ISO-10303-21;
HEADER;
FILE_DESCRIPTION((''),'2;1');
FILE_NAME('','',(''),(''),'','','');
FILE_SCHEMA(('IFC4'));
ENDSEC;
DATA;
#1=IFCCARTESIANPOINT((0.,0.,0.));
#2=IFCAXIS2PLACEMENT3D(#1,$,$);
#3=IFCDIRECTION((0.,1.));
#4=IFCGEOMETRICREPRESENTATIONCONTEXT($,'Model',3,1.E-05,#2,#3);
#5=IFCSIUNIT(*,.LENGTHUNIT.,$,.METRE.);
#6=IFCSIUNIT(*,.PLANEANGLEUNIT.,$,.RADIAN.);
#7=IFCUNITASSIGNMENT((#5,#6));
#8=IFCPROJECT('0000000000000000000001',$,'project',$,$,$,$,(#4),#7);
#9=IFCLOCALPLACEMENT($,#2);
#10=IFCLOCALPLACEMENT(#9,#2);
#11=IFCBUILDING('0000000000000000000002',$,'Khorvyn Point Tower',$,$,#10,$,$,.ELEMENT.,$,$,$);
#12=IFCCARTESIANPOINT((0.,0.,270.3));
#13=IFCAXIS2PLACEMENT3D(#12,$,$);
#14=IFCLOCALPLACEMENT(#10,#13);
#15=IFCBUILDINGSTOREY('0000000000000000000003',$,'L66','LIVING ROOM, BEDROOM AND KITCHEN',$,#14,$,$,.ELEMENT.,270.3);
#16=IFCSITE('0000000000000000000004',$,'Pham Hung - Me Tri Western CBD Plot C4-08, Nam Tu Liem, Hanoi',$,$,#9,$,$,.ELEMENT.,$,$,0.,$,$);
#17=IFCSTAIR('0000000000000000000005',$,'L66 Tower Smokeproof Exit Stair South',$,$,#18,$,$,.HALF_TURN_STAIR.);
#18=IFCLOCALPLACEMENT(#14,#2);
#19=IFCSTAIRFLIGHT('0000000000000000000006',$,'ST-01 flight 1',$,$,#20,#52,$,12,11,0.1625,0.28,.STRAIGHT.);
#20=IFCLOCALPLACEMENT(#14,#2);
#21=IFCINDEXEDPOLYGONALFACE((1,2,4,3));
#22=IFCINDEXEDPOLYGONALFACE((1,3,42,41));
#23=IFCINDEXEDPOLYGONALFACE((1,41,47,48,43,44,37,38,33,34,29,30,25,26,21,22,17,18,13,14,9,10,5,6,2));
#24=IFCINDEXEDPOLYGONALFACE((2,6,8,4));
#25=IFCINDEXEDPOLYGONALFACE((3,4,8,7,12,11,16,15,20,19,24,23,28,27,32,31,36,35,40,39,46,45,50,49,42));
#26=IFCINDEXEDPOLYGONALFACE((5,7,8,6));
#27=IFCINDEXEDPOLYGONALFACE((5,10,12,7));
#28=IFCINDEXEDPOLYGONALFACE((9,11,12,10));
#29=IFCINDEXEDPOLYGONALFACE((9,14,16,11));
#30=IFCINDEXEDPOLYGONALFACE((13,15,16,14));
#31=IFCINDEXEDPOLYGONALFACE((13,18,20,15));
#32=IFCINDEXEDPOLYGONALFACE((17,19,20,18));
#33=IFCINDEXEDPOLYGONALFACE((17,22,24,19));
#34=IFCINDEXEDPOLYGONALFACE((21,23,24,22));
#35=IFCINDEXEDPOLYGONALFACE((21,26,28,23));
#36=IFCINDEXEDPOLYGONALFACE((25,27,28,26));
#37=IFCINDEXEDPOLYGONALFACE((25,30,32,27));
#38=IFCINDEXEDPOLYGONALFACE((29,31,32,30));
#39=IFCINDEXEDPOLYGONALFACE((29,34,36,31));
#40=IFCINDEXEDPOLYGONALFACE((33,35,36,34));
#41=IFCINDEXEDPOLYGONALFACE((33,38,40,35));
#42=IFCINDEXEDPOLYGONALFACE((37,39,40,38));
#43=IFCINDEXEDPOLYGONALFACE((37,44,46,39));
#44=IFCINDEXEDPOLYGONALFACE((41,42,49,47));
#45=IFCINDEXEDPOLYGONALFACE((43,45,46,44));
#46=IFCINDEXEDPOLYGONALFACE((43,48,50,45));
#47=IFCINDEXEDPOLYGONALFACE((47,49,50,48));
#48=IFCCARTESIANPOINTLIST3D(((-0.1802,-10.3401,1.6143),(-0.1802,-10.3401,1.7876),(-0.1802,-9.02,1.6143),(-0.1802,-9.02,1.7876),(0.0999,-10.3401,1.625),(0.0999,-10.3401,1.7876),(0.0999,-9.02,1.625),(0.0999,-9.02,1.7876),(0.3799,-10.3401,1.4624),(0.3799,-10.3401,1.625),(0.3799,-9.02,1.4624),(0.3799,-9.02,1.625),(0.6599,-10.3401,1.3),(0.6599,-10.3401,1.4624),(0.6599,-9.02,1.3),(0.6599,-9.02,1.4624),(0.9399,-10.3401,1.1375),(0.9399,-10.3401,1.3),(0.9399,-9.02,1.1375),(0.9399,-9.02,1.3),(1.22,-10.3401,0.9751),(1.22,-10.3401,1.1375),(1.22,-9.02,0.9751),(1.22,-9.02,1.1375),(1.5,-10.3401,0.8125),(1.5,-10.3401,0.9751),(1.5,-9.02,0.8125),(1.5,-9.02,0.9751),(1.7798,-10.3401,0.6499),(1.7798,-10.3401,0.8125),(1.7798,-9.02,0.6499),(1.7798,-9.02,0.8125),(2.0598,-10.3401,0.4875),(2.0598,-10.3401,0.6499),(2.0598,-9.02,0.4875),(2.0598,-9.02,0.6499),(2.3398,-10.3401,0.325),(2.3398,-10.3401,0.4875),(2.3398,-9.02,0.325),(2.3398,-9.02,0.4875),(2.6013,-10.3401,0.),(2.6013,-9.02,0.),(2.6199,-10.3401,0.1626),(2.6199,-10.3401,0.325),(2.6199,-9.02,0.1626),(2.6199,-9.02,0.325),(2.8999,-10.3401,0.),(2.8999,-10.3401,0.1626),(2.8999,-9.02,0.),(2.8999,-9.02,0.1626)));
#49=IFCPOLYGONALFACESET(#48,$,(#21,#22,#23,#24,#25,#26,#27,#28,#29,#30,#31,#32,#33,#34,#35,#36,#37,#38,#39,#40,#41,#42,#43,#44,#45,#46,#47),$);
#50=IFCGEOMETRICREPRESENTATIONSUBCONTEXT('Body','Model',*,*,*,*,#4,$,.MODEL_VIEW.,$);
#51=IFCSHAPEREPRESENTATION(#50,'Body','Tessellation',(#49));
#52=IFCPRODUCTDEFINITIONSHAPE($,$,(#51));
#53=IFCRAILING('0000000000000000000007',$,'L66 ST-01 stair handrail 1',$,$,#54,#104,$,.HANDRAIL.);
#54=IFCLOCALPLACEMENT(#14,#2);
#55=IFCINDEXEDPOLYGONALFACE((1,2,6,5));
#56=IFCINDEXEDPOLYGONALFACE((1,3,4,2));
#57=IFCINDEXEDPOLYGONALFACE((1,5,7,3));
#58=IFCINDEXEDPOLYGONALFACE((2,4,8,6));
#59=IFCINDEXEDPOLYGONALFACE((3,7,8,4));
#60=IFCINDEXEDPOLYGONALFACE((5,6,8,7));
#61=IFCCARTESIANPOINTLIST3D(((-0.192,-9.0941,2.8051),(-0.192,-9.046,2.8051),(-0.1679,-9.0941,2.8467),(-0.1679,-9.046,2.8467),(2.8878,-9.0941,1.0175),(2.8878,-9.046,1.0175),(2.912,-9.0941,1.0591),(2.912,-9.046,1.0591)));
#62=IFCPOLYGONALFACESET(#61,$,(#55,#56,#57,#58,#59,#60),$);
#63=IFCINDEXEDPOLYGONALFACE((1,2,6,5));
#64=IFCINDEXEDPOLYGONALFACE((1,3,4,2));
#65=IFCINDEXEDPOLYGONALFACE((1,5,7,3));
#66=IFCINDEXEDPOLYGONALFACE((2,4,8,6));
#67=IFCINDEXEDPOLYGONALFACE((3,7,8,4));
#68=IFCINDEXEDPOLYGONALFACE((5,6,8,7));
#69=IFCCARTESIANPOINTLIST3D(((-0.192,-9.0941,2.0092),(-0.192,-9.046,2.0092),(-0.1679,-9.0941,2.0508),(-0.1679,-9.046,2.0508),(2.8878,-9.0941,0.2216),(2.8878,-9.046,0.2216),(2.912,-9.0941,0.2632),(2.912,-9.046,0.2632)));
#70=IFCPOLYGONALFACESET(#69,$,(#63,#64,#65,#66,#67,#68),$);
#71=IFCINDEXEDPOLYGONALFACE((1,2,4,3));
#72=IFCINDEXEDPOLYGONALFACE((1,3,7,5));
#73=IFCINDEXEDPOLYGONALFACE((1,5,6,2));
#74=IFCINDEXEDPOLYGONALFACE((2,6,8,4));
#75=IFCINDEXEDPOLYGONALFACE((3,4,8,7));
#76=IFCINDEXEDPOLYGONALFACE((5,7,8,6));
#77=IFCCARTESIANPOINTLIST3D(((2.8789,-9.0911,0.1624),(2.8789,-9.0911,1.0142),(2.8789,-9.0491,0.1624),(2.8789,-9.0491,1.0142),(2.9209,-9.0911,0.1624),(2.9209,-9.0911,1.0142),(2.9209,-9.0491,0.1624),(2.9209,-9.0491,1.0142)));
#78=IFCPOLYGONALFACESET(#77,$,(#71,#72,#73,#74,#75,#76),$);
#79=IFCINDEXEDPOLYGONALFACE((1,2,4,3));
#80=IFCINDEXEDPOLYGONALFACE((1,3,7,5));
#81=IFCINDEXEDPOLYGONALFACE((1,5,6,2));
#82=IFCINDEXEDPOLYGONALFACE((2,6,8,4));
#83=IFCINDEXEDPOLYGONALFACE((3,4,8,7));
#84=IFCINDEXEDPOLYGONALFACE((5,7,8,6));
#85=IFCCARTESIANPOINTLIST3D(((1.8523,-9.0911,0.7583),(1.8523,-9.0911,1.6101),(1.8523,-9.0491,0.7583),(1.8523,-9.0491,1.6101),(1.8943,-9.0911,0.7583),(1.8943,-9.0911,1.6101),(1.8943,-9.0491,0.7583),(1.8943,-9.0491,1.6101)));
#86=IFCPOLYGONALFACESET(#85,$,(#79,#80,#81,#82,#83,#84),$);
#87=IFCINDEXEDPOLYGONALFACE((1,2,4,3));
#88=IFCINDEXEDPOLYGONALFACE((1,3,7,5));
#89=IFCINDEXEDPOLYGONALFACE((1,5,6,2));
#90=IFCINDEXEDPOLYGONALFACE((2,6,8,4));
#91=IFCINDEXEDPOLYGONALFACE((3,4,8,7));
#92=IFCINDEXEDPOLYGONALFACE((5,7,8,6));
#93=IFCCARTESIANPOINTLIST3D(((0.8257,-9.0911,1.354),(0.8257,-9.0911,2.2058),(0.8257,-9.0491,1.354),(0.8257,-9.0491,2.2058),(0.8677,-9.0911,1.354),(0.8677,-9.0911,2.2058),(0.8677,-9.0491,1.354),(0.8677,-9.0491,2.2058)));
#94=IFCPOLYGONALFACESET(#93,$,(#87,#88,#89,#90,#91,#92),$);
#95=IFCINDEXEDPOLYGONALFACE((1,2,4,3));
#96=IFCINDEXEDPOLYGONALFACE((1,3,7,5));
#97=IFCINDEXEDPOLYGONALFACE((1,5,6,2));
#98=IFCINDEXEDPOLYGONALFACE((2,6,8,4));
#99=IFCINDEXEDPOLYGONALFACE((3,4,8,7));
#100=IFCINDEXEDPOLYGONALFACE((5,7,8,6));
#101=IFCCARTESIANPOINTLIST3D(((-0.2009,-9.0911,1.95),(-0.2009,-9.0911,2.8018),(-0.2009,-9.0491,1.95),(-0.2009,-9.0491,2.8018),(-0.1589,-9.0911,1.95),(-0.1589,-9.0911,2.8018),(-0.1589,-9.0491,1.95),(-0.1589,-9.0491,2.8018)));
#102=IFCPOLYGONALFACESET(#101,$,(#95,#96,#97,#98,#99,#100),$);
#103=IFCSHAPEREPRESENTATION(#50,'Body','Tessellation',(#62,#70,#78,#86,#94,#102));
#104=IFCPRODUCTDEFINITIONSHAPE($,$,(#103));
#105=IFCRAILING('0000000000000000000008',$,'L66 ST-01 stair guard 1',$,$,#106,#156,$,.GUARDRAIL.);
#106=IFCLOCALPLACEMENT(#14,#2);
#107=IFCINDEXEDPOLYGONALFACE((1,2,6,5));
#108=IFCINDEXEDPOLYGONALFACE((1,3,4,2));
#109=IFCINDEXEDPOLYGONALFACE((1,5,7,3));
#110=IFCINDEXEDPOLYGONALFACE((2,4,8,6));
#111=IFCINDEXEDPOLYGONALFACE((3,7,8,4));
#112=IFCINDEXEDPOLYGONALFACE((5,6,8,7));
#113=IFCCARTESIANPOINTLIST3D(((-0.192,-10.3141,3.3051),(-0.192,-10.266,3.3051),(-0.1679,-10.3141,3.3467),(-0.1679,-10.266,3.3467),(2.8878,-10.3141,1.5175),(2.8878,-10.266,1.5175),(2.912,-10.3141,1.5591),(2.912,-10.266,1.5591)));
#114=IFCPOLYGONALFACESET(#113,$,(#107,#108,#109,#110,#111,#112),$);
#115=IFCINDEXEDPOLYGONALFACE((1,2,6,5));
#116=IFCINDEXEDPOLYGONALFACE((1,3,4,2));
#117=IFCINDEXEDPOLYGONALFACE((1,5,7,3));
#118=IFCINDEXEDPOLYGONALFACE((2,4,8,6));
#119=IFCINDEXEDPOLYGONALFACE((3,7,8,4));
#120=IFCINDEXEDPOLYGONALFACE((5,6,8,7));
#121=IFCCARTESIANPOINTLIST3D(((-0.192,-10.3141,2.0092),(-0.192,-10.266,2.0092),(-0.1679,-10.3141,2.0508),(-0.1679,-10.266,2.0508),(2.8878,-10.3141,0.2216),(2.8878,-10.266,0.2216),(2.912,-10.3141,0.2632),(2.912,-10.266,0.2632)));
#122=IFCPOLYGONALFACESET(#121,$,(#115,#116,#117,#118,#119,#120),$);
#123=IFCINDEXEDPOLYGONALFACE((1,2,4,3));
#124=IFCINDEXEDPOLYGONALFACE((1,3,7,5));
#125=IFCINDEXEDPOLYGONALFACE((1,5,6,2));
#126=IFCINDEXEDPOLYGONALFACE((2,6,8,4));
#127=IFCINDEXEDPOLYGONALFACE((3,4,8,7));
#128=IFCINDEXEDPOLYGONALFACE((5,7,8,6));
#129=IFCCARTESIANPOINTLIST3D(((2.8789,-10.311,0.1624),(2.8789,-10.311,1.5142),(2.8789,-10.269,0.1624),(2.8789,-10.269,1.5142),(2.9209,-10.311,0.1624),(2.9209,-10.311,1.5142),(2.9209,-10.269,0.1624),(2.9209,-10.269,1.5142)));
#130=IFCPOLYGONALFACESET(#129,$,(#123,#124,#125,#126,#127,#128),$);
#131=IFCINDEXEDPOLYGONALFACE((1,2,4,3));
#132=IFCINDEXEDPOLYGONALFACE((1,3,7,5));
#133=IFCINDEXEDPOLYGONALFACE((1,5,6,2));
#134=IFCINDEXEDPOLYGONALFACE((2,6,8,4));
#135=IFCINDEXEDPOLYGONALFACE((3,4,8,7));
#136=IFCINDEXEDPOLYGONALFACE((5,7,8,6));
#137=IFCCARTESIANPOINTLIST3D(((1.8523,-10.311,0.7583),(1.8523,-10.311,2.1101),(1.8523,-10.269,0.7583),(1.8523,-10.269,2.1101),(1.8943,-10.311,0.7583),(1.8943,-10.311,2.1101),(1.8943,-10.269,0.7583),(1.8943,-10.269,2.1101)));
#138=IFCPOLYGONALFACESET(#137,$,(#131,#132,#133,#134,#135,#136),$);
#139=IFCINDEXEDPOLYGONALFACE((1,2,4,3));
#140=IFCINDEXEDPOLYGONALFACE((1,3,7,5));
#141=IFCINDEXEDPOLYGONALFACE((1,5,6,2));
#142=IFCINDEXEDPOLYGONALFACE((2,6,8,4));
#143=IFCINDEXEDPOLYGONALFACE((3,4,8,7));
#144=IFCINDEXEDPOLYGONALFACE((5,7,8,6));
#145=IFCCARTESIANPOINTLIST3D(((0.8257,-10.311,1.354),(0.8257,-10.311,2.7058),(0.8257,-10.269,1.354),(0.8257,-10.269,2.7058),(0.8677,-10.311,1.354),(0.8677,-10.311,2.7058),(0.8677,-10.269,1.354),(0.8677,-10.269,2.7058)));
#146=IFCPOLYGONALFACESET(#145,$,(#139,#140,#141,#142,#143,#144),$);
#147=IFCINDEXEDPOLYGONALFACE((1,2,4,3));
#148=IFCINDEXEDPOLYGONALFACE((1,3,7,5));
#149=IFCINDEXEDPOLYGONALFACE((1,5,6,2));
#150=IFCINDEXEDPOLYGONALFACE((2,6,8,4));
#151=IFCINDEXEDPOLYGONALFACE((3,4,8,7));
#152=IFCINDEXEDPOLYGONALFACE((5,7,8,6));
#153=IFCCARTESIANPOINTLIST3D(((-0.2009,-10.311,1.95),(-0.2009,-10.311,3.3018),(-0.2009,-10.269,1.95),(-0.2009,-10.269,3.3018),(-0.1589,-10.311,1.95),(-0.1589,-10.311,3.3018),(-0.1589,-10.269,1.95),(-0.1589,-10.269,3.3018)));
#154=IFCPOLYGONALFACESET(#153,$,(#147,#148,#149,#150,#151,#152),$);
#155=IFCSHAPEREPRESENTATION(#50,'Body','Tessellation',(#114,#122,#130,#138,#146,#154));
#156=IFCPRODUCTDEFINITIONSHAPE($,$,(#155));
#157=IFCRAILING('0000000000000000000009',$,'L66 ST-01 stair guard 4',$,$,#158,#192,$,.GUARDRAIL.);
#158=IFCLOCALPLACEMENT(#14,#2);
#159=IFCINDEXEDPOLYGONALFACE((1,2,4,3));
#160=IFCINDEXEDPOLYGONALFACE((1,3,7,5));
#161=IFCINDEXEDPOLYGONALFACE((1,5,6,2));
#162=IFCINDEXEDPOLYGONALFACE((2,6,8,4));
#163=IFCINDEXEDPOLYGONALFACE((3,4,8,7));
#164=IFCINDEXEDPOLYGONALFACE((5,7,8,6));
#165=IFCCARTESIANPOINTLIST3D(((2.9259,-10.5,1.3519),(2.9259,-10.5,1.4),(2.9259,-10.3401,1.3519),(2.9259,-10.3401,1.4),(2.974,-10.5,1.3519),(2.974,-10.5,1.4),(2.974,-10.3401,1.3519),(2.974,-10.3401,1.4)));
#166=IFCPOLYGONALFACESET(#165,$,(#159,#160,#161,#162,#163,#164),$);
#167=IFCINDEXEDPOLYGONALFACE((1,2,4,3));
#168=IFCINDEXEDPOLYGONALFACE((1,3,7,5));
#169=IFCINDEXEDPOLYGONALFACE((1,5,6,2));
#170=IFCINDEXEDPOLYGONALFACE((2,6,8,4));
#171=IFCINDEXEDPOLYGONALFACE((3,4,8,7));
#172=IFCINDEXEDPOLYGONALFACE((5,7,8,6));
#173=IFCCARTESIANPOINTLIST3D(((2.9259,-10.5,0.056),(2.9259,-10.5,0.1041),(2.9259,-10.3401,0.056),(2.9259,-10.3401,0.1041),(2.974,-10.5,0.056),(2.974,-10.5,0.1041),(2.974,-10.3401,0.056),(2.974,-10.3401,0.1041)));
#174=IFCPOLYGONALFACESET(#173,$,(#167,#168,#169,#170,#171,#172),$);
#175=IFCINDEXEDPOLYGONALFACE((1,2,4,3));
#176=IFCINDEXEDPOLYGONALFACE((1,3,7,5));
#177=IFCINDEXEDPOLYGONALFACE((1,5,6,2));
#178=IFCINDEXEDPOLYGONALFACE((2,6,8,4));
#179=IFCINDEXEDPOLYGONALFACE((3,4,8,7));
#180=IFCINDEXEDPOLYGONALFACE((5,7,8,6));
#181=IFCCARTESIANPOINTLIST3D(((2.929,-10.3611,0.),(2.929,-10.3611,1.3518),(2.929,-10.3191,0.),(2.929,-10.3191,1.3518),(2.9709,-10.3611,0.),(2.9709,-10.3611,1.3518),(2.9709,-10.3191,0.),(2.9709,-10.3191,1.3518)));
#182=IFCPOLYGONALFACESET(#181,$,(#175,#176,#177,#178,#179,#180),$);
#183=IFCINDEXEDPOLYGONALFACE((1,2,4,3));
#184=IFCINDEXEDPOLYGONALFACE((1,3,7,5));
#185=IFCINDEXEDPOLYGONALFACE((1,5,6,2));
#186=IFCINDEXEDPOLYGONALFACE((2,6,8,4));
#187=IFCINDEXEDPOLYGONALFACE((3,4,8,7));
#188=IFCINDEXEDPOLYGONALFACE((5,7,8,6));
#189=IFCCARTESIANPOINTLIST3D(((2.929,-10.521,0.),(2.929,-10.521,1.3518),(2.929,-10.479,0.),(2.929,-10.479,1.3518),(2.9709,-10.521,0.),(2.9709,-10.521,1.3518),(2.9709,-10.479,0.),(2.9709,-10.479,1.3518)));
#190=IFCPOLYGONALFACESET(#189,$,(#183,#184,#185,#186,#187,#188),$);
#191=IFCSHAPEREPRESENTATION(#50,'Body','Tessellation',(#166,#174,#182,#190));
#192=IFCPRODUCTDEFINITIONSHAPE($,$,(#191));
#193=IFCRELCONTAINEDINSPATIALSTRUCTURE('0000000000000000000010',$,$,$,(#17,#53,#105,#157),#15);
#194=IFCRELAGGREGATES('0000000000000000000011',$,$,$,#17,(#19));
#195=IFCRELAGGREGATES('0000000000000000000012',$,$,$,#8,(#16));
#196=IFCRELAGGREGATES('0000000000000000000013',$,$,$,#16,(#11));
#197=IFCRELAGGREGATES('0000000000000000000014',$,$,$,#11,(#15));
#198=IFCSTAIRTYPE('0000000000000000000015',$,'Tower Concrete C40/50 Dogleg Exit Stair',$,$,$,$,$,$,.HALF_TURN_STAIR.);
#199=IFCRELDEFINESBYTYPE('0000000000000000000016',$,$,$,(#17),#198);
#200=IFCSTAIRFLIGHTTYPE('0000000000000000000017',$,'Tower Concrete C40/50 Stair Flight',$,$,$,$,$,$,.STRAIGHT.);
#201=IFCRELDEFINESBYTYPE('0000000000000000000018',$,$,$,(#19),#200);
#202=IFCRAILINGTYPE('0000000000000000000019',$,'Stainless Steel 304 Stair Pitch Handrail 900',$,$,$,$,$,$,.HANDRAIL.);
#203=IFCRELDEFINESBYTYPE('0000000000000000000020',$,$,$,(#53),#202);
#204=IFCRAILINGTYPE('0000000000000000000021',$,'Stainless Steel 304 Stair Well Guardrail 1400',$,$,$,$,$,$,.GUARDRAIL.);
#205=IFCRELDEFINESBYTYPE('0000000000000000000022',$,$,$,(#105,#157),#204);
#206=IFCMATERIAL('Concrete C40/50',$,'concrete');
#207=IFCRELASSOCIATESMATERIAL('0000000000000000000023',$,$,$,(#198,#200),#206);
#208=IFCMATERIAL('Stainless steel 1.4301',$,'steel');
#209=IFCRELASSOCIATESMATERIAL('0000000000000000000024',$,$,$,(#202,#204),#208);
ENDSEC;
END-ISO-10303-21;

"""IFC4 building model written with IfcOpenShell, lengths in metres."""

from ifc_helpers import new_model, si_unit, direction, frame, origin, origin_2d, place, context, subcontext, project, spatial, polyline, rectangle, outline, extrude, material, type_object, element, aggregate, save


model = new_model("IFC4")

# Units and contexts
model_context = context("Model", 3, precision=1e-05, world=origin(), true_north=direction((0.0, 1.0)))
body_context = subcontext(model_context, "Body", "Model", "MODEL_VIEW")
ifc_project = project(units=[si_unit("LENGTHUNIT", "METRE"), si_unit("PLANEANGLEUNIT", "RADIAN")], contexts=[model_context])

# Site, building, storey
site_placement = place(None, origin())
site = spatial("IfcSite", under=ifc_project, at=site_placement, Name="Pham Hung - Me Tri Western CBD Plot C4-08, Nam Tu Liem, Hanoi", CompositionType="ELEMENT", RefElevation=0.0)
building_placement = place(site_placement, origin())
building = spatial("IfcBuilding", under=site, at=building_placement, Name="Khorvyn Point Tower", CompositionType="ELEMENT")
storey_placement = place(building_placement, frame((0.0, 0.0, 270.3)))
storey = spatial("IfcBuildingStorey", under=building, at=storey_placement, Name="L66", Description="LIVING ROOM, BEDROOM AND KITCHEN", CompositionType="ELEMENT", Elevation=270.3)

# Shared definitions
ifc_material_1 = material(Name="Concrete C40/50", Category="concrete")

# Shared definitions
ifc_material_2 = material(Name="Stainless steel 1.4301", Category="steel")

# Stair, stair flight
stair_type = type_object("IfcStairType", Name="Tower Concrete C40/50 Dogleg Exit Stair", PredefinedType="HALF_TURN_STAIR", material=ifc_material_1)
stair_placement = place(storey_placement, origin())
stair = element("IfcStair", 1, at=stair_placement, inside=storey, type_object=stair_type, Name="L66 Tower Smokeproof Exit Stair South", PredefinedType="HALF_TURN_STAIR")
stair_flight_type = type_object("IfcStairFlightType", Name="Tower Concrete C40/50 Stair Flight", PredefinedType="STRAIGHT", material=ifc_material_1)
stair_flight_placement = place(storey_placement, frame((2.8999, -9.6799, 0.0), z_axis=(0.0, 0.0, 1.0), x_axis=(-1.0, 0.0, 0.0)))
stair_flight = element("IfcStairFlight", 2, at=stair_flight_placement, type_object=stair_flight_type, Name="ST-01 flight 1", NumberOfRisers=12, NumberOfTreads=11, PredefinedType="STRAIGHT", RiserHeight=0.1625, TreadLength=0.28, context=body_context, shape_type="SweptSolid", body=[
    extrude(outline(polyline([(0.0, 0.0), (0.0, 0.1626), (0.28, 0.1626), (0.28, 0.325), (0.5601, 0.325), (0.5601, 0.4875), (0.8401, 0.4875), (0.8401, 0.6499), (1.1201, 0.6499), (1.1201, 0.8125), (1.3999, 0.8125), (1.3999, 0.9751), (1.6799, 0.9751), (1.6799, 1.1375), (1.96, 1.1375), (1.96, 1.3), (2.24, 1.3), (2.24, 1.4624), (2.52, 1.4624), (2.52, 1.625), (2.8, 1.625), (2.8, 1.7876), (3.0801, 1.7876), (3.0801, 1.95), (3.0801, 1.6143), (0.2986, 0.0), (0.0, 0.0)])), frame((0.0, 0.6602, 0.0), z_axis=(0.0, -1.0, 0.0), x_axis=(1.0, 0.0, 0.0)), (0.0, 0.0, 1.0), 1.3201),
])
aggregate(stair, [stair_flight])

# Railings
railing_type_1 = type_object("IfcRailingType", Name="Stainless Steel 304 Stair Pitch Handrail 900", PredefinedType="HANDRAIL", material=ifc_material_2)
railing_1_placement = place(storey_placement, frame((2.8999, -9.0701, 0.1624)))
element("IfcRailing", 3, at=railing_1_placement, inside=storey, type_object=railing_type_1, Name="L66 ST-01 stair handrail 1", PredefinedType="HANDRAIL", context=body_context, shape_type="SweptSolid", body=[
    extrude(rectangle(XDim=0.0481, YDim=0.0481, at=origin_2d()), frame((0.0, 0.0, 0.876), z_axis=(-0.864873, 0.0, 0.50199), x_axis=(0.0, -1.0, 0.0)), (0.0, 0.0, 1.0), 3.561),
    extrude(rectangle(XDim=0.0481, YDim=0.0481, at=origin_2d()), frame((0.0, 0.0, 0.0801), z_axis=(-0.864873, 0.0, 0.50199), x_axis=(0.0, -1.0, 0.0)), (0.0, 0.0, 1.0), 3.561),
    extrude(rectangle(XDim=0.042, YDim=0.042, at=origin_2d()), origin(), (0.0, 0.0, 1.0), 0.8518),
    extrude(rectangle(XDim=0.042, YDim=0.042, at=origin_2d()), frame((-1.0266, 0.0, 0.5959)), (0.0, 0.0, 1.0), 0.8518),
    extrude(rectangle(XDim=0.042, YDim=0.042, at=origin_2d()), frame((-2.0532, 0.0, 1.1917)), (0.0, 0.0, 1.0), 0.8518),
    extrude(rectangle(XDim=0.042, YDim=0.042, at=origin_2d()), frame((-3.0798, 0.0, 1.7876)), (0.0, 0.0, 1.0), 0.8518),
])
railing_type_2 = type_object("IfcRailingType", Name="Stainless Steel 304 Stair Well Guardrail 1400", PredefinedType="GUARDRAIL", material=ifc_material_2)
railing_2_placement = place(storey_placement, frame((2.8999, -10.29, 0.1624)))
element("IfcRailing", 4, at=railing_2_placement, inside=storey, type_object=railing_type_2, Name="L66 ST-01 stair guard 1", PredefinedType="GUARDRAIL", context=body_context, shape_type="SweptSolid", body=[
    extrude(rectangle(XDim=0.0481, YDim=0.0481, at=origin_2d()), frame((0.0, 0.0, 1.376), z_axis=(-0.864873, 0.0, 0.50199), x_axis=(0.0, -1.0, 0.0)), (0.0, 0.0, 1.0), 3.561),
    extrude(rectangle(XDim=0.0481, YDim=0.0481, at=origin_2d()), frame((0.0, 0.0, 0.0801), z_axis=(-0.864873, 0.0, 0.50199), x_axis=(0.0, -1.0, 0.0)), (0.0, 0.0, 1.0), 3.561),
    extrude(rectangle(XDim=0.042, YDim=0.042, at=origin_2d()), origin(), (0.0, 0.0, 1.0), 1.3518),
    extrude(rectangle(XDim=0.042, YDim=0.042, at=origin_2d()), frame((-1.0266, 0.0, 0.5959)), (0.0, 0.0, 1.0), 1.3518),
    extrude(rectangle(XDim=0.042, YDim=0.042, at=origin_2d()), frame((-2.0532, 0.0, 1.1917)), (0.0, 0.0, 1.0), 1.3518),
    extrude(rectangle(XDim=0.042, YDim=0.042, at=origin_2d()), frame((-3.0798, 0.0, 1.7876)), (0.0, 0.0, 1.0), 1.3518),
])
railing_3_placement = place(storey_placement, frame((2.95, -10.3401, 0.0)))
element("IfcRailing", 5, at=railing_3_placement, inside=storey, type_object=railing_type_2, Name="L66 ST-01 stair guard 4", PredefinedType="GUARDRAIL", context=body_context, shape_type="SweptSolid", body=[
    extrude(rectangle(XDim=0.0481, YDim=0.0481, at=origin_2d()), frame((0.0, 0.0, 1.376), z_axis=(0.0, -1.0, 0.0), x_axis=(1.0, 0.0, 0.0)), (0.0, 0.0, 1.0), 0.1599),
    extrude(rectangle(XDim=0.0481, YDim=0.0481, at=origin_2d()), frame((0.0, 0.0, 0.0801), z_axis=(0.0, -1.0, 0.0), x_axis=(1.0, 0.0, 0.0)), (0.0, 0.0, 1.0), 0.1599),
    extrude(rectangle(XDim=0.042, YDim=0.042, at=origin_2d()), origin(), (0.0, 0.0, 1.0), 1.3518),
    extrude(rectangle(XDim=0.042, YDim=0.042, at=origin_2d()), frame((0.0, -0.1599, 0.0)), (0.0, 0.0, 1.0), 1.3518),
])

save(model, "model.ifc")
